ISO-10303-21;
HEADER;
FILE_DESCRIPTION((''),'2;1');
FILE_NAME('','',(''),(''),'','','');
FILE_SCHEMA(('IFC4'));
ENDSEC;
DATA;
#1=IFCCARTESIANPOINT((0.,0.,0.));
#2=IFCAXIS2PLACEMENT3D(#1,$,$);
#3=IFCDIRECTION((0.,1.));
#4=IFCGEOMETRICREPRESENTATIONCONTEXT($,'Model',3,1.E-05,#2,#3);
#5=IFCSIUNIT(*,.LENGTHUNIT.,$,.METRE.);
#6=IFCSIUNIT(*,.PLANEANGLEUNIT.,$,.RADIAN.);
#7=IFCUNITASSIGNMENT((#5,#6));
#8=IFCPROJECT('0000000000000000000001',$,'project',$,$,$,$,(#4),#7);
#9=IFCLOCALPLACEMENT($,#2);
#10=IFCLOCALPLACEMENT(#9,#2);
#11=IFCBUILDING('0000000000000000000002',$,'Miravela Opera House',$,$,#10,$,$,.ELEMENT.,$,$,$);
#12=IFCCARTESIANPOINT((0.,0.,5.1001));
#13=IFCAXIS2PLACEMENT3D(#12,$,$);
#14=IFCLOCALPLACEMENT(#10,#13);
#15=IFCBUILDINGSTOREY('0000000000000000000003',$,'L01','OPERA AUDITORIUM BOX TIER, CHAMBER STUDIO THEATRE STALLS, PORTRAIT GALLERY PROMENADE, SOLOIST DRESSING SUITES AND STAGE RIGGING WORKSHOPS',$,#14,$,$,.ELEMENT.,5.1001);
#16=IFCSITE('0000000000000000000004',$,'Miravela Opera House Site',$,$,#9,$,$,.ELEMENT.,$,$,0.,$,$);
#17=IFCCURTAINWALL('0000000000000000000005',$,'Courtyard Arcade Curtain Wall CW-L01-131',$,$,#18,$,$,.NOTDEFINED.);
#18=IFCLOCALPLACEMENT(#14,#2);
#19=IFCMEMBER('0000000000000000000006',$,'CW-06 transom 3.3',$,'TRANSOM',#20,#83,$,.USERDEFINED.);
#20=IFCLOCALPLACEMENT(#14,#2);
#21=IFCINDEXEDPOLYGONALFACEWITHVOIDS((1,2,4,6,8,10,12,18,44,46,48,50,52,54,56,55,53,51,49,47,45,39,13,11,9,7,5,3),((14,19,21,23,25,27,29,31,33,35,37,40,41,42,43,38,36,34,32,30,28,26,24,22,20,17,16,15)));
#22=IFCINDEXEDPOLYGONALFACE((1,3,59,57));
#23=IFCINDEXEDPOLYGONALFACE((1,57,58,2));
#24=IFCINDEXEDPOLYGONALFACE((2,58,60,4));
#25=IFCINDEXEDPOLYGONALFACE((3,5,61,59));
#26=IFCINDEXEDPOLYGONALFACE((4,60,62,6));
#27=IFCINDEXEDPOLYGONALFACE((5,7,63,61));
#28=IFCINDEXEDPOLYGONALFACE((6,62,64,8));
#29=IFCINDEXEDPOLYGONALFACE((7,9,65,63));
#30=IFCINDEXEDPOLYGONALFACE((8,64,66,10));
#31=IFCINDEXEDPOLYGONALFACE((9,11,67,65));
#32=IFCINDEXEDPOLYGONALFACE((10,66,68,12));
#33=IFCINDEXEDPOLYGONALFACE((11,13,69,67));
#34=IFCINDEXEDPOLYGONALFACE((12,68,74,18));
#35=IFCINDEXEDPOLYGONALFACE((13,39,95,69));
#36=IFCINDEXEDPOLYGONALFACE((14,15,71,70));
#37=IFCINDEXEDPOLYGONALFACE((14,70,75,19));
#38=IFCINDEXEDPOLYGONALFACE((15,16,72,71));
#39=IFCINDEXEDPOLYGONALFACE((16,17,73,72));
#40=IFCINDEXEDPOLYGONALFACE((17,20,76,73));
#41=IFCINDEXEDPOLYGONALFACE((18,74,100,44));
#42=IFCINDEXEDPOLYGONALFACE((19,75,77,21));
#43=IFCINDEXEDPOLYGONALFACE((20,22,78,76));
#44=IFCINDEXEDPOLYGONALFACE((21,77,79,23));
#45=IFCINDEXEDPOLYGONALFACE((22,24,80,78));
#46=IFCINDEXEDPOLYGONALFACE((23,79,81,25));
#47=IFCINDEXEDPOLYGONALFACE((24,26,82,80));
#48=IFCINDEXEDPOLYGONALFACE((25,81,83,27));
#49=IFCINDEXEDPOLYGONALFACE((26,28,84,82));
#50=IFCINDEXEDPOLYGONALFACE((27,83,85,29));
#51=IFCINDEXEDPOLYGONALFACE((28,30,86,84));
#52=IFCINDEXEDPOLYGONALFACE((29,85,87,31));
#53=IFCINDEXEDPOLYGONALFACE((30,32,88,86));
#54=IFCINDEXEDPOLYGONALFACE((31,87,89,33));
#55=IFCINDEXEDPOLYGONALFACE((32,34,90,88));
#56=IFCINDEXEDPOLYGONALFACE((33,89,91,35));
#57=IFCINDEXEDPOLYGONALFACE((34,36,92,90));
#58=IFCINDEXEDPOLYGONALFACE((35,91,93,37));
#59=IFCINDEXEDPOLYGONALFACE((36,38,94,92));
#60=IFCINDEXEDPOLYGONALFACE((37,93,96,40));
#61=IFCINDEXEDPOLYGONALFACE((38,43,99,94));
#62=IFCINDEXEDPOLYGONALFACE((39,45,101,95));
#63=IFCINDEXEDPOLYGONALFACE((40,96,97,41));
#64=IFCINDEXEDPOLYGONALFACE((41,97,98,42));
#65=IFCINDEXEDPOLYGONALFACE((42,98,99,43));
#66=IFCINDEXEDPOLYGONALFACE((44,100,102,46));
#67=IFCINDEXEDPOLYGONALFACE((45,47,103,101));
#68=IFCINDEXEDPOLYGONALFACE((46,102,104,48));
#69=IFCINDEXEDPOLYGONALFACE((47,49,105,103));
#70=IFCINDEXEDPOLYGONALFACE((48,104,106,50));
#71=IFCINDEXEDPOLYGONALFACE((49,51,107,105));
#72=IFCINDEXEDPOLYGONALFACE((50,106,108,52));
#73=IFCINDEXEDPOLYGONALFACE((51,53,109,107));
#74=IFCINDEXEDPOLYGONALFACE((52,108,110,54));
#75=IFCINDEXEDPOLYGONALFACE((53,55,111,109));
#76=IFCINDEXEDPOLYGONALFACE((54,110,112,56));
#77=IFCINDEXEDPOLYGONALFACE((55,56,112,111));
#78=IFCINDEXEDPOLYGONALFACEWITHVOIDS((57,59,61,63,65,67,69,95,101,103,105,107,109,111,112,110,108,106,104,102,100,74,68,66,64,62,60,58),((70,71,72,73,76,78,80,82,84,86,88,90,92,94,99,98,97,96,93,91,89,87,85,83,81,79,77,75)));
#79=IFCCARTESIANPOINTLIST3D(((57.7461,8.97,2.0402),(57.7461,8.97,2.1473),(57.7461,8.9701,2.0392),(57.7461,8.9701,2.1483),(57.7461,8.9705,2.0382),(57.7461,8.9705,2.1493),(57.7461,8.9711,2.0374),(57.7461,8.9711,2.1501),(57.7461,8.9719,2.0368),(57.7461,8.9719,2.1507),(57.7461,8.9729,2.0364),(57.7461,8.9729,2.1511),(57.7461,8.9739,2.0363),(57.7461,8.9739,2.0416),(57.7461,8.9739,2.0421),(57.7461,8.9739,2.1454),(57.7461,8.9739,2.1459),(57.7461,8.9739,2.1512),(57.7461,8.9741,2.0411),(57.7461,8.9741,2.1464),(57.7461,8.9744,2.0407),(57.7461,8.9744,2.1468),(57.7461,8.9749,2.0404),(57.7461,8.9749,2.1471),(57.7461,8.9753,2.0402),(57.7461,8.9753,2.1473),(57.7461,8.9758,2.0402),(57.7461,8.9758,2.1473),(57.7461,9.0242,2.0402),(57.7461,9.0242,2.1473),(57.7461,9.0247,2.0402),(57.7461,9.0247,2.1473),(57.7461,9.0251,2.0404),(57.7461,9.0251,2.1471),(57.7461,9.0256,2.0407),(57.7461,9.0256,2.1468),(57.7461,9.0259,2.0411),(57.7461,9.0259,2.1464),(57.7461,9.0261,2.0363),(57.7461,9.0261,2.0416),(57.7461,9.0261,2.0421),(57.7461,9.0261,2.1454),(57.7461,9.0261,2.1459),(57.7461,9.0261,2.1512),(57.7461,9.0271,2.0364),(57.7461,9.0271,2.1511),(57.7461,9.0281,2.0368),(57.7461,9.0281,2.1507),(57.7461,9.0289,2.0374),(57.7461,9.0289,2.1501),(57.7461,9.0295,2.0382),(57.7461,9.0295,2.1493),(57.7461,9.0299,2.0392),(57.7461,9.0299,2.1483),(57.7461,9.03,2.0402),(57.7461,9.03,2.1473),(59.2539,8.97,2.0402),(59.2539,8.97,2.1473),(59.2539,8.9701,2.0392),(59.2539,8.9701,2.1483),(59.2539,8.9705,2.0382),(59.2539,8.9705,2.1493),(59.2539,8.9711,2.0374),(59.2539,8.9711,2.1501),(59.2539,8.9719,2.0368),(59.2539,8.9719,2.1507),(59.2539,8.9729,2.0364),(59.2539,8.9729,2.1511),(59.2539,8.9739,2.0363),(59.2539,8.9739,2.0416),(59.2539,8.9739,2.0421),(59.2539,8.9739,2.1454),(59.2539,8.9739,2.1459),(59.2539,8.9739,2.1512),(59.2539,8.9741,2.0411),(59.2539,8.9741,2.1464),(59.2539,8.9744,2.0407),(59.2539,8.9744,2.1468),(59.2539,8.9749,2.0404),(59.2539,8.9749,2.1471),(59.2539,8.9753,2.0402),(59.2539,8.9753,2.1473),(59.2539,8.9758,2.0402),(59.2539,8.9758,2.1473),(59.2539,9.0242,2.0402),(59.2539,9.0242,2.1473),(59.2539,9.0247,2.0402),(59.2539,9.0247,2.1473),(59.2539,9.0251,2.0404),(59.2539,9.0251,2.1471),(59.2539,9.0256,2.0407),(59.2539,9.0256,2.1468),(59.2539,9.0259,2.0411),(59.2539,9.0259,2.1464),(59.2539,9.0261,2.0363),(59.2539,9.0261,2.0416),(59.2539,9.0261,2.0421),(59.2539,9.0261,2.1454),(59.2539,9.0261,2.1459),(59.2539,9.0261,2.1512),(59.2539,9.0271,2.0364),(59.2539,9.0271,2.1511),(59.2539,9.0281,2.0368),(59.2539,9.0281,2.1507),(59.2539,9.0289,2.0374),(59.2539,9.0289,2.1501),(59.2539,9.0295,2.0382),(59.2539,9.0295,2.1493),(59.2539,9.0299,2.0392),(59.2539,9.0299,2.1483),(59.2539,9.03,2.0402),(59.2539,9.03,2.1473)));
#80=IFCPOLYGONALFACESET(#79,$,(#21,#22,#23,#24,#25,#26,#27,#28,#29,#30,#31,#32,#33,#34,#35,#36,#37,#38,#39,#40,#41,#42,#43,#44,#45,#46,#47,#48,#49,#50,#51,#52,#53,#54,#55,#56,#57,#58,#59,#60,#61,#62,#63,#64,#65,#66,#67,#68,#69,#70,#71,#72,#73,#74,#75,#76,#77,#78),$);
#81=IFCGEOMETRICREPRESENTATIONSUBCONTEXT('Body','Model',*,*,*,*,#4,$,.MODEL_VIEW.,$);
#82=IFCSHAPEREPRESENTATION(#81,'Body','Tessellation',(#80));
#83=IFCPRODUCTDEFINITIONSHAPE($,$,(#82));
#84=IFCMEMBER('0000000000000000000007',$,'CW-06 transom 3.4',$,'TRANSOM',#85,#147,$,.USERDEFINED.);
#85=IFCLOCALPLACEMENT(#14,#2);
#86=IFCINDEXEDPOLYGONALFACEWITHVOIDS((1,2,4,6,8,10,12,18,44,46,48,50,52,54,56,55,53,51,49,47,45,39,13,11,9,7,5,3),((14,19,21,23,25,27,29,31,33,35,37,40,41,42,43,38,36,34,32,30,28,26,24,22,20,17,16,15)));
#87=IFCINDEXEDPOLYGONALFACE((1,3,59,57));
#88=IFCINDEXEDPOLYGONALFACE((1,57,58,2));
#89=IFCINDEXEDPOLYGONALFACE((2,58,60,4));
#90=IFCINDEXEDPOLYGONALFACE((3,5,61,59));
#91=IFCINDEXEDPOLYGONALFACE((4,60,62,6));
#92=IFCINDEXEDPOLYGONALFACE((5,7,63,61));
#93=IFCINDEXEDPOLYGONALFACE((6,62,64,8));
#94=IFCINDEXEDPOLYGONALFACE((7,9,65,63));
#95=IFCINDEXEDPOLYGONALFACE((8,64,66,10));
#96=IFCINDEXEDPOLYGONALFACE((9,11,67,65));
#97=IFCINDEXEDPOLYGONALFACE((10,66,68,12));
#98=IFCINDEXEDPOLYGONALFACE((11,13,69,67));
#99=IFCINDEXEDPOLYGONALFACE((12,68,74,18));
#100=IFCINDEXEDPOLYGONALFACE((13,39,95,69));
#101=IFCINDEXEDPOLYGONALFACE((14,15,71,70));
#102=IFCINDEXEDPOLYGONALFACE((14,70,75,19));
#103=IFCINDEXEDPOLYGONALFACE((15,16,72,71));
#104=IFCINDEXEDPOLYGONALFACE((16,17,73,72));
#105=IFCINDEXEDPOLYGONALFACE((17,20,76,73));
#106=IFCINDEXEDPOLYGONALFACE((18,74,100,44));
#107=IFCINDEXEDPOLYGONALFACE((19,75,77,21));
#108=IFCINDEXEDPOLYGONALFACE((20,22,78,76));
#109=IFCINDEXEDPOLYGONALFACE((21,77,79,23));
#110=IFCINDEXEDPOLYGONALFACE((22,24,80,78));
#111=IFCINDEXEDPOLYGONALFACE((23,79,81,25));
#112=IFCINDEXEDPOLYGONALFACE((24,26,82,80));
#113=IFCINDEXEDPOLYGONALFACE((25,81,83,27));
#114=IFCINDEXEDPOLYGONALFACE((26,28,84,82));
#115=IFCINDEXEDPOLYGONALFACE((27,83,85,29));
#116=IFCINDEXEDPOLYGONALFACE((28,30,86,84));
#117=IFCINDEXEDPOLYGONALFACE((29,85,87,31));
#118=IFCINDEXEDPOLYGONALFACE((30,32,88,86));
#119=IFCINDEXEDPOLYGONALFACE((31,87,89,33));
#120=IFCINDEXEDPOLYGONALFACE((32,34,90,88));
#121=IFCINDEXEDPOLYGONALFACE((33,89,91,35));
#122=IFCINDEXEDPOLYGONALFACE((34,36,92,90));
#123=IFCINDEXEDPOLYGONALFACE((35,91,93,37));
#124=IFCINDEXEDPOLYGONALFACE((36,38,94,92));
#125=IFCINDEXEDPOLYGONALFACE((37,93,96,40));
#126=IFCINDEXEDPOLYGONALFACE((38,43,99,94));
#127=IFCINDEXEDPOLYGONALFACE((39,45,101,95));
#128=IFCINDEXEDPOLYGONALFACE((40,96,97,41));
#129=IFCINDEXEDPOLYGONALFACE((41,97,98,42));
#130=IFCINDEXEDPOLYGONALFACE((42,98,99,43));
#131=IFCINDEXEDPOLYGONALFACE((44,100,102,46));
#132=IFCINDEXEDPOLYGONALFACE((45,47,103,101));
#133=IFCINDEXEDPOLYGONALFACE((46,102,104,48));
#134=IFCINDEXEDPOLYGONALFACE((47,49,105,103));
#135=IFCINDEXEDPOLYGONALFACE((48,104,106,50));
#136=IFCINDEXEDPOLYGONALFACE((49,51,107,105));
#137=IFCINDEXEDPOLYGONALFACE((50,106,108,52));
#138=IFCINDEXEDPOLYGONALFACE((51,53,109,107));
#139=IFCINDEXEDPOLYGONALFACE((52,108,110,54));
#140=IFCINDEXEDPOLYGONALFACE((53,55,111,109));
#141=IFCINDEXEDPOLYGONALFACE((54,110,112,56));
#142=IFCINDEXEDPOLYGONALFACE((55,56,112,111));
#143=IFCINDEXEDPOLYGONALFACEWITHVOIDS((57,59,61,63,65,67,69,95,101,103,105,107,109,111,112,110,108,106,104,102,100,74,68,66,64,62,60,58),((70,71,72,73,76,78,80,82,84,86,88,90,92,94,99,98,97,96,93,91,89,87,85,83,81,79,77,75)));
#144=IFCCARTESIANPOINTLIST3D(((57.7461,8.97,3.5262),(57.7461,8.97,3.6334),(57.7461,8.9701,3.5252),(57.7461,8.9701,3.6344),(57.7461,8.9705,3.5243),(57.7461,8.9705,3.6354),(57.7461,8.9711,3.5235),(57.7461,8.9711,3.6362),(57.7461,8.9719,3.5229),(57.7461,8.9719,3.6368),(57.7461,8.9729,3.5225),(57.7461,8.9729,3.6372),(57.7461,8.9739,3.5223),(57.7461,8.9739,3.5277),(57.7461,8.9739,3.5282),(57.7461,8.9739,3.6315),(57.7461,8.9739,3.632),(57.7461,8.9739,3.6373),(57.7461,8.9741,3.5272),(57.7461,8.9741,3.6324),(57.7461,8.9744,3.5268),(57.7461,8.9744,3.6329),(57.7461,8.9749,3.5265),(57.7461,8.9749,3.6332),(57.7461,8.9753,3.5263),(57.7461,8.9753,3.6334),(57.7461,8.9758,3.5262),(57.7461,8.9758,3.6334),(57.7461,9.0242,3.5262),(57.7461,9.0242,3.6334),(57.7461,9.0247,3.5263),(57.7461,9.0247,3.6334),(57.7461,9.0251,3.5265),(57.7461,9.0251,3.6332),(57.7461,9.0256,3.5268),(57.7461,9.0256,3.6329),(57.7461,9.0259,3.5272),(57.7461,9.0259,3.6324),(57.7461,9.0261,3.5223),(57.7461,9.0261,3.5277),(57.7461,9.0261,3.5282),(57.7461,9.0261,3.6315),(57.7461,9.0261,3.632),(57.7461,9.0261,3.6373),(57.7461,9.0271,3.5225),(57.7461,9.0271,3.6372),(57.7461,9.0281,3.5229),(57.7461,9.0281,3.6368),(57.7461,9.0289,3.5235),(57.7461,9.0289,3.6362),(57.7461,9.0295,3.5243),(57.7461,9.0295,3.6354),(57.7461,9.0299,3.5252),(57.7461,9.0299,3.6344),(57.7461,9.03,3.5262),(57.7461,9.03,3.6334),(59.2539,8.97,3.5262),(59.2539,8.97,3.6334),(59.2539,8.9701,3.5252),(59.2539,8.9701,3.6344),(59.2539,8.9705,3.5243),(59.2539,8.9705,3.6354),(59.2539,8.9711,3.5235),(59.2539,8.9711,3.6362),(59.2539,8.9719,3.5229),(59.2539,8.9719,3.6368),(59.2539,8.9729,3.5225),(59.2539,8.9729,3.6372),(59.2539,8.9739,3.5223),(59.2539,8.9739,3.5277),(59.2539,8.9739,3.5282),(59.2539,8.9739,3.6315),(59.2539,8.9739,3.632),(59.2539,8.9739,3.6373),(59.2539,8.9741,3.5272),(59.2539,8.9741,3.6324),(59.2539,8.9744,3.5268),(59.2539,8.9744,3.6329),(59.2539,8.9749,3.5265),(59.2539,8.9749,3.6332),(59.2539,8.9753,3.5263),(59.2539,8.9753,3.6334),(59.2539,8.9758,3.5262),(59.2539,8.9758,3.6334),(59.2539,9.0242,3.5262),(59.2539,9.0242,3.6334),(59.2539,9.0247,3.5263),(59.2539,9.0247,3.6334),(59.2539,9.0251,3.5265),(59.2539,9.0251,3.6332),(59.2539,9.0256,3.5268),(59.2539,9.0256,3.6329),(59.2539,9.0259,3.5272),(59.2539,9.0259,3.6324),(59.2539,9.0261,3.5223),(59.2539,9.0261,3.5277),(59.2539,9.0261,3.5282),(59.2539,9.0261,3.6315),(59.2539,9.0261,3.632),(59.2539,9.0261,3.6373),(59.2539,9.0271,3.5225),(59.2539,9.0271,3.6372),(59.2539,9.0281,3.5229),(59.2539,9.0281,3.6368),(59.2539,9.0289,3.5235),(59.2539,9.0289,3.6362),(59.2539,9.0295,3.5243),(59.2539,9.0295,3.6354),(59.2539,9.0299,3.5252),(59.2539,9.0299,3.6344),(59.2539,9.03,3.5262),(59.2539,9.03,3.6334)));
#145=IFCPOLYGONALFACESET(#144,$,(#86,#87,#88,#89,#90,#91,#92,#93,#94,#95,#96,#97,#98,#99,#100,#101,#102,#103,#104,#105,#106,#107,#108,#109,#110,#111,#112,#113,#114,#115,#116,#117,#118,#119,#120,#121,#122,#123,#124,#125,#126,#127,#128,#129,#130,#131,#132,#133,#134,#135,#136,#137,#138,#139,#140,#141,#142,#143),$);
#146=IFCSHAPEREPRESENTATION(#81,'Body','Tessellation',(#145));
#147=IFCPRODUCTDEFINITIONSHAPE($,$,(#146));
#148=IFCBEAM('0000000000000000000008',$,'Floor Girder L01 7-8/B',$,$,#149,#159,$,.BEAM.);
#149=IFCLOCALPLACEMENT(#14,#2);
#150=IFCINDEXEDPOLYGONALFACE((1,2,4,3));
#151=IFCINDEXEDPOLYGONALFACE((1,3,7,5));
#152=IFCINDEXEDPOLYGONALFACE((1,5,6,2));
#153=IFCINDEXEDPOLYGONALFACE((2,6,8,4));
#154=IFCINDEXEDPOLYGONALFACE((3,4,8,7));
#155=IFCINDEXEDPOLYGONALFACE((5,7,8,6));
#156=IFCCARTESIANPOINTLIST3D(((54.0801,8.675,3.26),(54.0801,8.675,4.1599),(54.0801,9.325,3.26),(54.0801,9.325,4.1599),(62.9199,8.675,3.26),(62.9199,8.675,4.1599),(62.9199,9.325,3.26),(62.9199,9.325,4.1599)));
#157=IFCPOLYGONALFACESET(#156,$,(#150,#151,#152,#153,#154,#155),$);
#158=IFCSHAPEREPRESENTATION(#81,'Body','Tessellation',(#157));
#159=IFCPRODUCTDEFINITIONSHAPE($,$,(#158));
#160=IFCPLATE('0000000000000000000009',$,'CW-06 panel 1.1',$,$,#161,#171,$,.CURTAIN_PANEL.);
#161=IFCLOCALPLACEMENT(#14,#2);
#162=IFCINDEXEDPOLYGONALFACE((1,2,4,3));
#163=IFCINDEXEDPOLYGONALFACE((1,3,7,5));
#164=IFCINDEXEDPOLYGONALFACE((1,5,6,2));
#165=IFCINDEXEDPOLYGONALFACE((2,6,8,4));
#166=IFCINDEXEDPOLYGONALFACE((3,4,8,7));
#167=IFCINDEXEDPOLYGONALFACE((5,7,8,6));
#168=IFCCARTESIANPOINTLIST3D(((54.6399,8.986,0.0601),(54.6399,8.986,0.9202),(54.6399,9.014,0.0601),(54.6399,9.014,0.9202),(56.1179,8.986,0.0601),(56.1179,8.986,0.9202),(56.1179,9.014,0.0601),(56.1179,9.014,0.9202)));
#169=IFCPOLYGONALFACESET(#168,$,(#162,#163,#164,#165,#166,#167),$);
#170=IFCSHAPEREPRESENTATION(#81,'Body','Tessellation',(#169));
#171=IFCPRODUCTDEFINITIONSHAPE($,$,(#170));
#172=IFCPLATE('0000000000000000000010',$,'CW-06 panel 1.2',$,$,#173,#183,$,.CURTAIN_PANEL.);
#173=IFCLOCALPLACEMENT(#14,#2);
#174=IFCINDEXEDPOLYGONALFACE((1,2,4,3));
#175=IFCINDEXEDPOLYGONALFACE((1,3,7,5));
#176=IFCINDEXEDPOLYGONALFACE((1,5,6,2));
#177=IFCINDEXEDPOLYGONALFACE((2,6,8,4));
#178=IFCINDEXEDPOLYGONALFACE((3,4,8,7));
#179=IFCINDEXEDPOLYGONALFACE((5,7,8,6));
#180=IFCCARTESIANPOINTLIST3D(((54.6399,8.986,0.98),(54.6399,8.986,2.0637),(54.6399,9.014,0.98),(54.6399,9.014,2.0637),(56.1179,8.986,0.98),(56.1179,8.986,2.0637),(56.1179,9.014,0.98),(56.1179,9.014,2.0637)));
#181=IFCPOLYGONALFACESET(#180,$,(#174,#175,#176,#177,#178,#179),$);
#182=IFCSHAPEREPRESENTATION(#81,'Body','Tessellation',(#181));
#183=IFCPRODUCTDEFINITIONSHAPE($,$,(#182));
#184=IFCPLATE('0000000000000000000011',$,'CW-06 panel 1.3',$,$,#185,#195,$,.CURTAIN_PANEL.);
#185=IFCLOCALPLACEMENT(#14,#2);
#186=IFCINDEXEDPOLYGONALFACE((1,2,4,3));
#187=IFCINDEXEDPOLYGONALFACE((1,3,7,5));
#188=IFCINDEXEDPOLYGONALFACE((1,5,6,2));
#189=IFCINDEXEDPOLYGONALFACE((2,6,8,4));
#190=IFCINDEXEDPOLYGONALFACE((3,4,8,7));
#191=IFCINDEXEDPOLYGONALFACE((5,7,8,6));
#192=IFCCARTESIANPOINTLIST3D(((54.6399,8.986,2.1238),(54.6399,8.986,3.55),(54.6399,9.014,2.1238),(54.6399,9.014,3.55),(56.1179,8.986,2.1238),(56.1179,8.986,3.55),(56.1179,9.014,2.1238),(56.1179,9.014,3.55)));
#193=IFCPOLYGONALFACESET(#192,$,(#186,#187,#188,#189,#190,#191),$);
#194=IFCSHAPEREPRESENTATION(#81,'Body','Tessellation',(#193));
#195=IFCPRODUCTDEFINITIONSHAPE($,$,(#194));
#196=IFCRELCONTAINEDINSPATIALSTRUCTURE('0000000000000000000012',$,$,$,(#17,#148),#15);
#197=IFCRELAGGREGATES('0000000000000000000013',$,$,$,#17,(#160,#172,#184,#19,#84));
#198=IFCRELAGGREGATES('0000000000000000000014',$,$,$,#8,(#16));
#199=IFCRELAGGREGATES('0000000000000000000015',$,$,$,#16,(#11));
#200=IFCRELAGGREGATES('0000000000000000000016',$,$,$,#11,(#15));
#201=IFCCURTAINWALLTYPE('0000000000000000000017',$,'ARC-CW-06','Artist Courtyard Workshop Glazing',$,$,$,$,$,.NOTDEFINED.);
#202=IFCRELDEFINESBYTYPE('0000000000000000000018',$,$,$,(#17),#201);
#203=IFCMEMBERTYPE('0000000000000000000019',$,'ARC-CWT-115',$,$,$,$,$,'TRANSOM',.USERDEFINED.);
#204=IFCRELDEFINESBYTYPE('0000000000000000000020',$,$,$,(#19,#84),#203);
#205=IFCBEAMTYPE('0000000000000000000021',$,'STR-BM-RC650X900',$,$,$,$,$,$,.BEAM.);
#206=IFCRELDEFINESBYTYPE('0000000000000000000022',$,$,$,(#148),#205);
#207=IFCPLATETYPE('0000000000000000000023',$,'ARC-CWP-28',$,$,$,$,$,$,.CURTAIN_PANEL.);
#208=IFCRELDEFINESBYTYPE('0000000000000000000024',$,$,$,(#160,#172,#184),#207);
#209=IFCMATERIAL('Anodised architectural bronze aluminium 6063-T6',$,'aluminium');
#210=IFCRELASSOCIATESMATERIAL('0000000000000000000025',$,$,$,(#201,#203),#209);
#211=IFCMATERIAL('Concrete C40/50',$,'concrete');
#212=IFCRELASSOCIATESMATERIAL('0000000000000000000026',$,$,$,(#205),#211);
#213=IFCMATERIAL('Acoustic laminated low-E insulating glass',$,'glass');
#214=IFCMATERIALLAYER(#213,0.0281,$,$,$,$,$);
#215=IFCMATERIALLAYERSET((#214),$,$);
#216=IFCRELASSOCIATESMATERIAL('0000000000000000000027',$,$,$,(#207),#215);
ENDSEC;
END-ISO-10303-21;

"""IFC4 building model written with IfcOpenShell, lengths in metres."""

from ifc_helpers import new_model, si_unit, direction, frame, origin, origin_2d, place, context, subcontext, project, spatial, rectangle, hollow_rectangle, extrude, material, layer, layer_set, material_profile, profile_set, type_object, element, aggregate, save


model = new_model("IFC4")

# Units and contexts
model_context = context("Model", 3, precision=1e-05, world=origin(), true_north=direction((0.0, 1.0)))
body_context = subcontext(model_context, "Body", "Model", "MODEL_VIEW")
ifc_project = project(units=[si_unit("LENGTHUNIT", "METRE"), si_unit("PLANEANGLEUNIT", "RADIAN")], contexts=[model_context])

# Site, building, storey
site_placement = place(None, origin())
site = spatial("IfcSite", under=ifc_project, at=site_placement, Name="Miravela Opera House Site", CompositionType="ELEMENT", RefElevation=0.0)
building_placement = place(site_placement, origin())
building = spatial("IfcBuilding", under=site, at=building_placement, Name="Miravela Opera House", CompositionType="ELEMENT")
storey_placement = place(building_placement, frame((0.0, 0.0, 5.1001)))
storey = spatial("IfcBuildingStorey", under=building, at=storey_placement, Name="L01", Description="OPERA AUDITORIUM BOX TIER, CHAMBER STUDIO THEATRE STALLS, PORTRAIT GALLERY PROMENADE, SOLOIST DRESSING SUITES AND STAGE RIGGING WORKSHOPS", CompositionType="ELEMENT", Elevation=5.1001)

# Shared definitions
ifc_material_1 = material(Name="Anodised architectural bronze aluminium 6063-T6", Category="aluminium")
curtain_wall_type = type_object("IfcCurtainWallType", Name="ARC-CW-06", Description="Artist Courtyard Workshop Glazing", PredefinedType="NOTDEFINED", material=ifc_material_1)

# Curtain wall, members
curtain_wall_1_placement = place(storey_placement, origin())
curtain_wall_1 = element("IfcCurtainWall", 1, at=curtain_wall_1_placement, inside=storey, type_object=curtain_wall_type, Name="Courtyard Arcade Curtain Wall CW-L01-131", PredefinedType="NOTDEFINED")
ifc_material_profile_1 = material_profile(ifc_material_1, hollow_rectangle(XDim=0.0601, YDim=0.115, WallThickness=0.0039, InnerFilletRadius=0.002, OuterFilletRadius=0.0039, at=origin_2d()), Name="CWT-60X115")
ifc_profile_set_1 = profile_set([ifc_material_profile_1])
member_type_1 = type_object("IfcMemberType", Name="ARC-CWT-115", ElementType="TRANSOM", PredefinedType="USERDEFINED", material=ifc_profile_set_1)
member_1_placement = place(storey_placement, frame((57.7461, 9.0, 2.0938), z_axis=(1.0, 0.0, 0.0), x_axis=(0.0, 1.0, 0.0)))
member_1 = element("IfcMember", 2, at=member_1_placement, type_object=member_type_1, Name="CW-06 transom 3.3", ObjectType="TRANSOM", PredefinedType="USERDEFINED", context=body_context, shape_type="SweptSolid", body=[
    extrude(hollow_rectangle(XDim=0.0601, YDim=0.115, WallThickness=0.0039, InnerFilletRadius=0.002, OuterFilletRadius=0.0039, at=origin_2d()), origin(), (0.0, 0.0, 1.0), 1.5078),
])
member_2_placement = place(storey_placement, frame((57.7461, 9.0, 3.5798), z_axis=(1.0, 0.0, 0.0), x_axis=(0.0, 1.0, 0.0)))
member_2 = element("IfcMember", 3, at=member_2_placement, type_object=member_type_1, Name="CW-06 transom 3.4", ObjectType="TRANSOM", PredefinedType="USERDEFINED", context=body_context, shape_type="SweptSolid", body=[
    extrude(hollow_rectangle(XDim=0.0601, YDim=0.115, WallThickness=0.0039, InnerFilletRadius=0.002, OuterFilletRadius=0.0039, at=origin_2d()), origin(), (0.0, 0.0, 1.0), 1.5078),
])

# Beam
ifc_material_2 = material(Name="Concrete C40/50", Category="concrete")
ifc_material_profile_2 = material_profile(ifc_material_2, rectangle(XDim=0.6499, YDim=0.8999, at=origin_2d()), Name="RC-BM-650X900")
ifc_profile_set_2 = profile_set([ifc_material_profile_2])
beam_type = type_object("IfcBeamType", Name="STR-BM-RC650X900", PredefinedType="BEAM", material=ifc_profile_set_2)
beam_placement = place(storey_placement, frame((54.0801, 9.0, 3.71), z_axis=(1.0, 0.0, 0.0), x_axis=(0.0, 1.0, 0.0)))
element("IfcBeam", 4, at=beam_placement, inside=storey, type_object=beam_type, Name="Floor Girder L01 7-8/B", PredefinedType="BEAM", context=body_context, shape_type="SweptSolid", body=[
    extrude(rectangle(XDim=0.6499, YDim=0.8999, at=origin_2d()), origin(), (0.0, 0.0, 1.0), 8.8398),
])

# Plates
ifc_material_3 = material(Name="Acoustic laminated low-E insulating glass", Category="glass")
ifc_layer = layer(ifc_material_3, 0.0281)
ifc_layer_set = layer_set([ifc_layer])
plate_type = type_object("IfcPlateType", Name="ARC-CWP-28", PredefinedType="CURTAIN_PANEL", material=ifc_layer_set)
plate_1_placement = place(storey_placement, frame((55.3789, 9.0, 0.0601), z_axis=(0.0, 0.0, 1.0), x_axis=(1.0, 0.0, 0.0)))
plate_1 = element("IfcPlate", 5, at=plate_1_placement, type_object=plate_type, Name="CW-06 panel 1.1", PredefinedType="CURTAIN_PANEL", context=body_context, shape_type="SweptSolid", body=[
    extrude(rectangle(XDim=1.478, YDim=0.0281, at=origin_2d()), origin(), (0.0, 0.0, 1.0), 0.8601),
])
plate_2_placement = place(storey_placement, frame((55.3789, 9.0, 0.98), z_axis=(0.0, 0.0, 1.0), x_axis=(1.0, 0.0, 0.0)))
plate_2 = element("IfcPlate", 6, at=plate_2_placement, type_object=plate_type, Name="CW-06 panel 1.2", PredefinedType="CURTAIN_PANEL", context=body_context, shape_type="SweptSolid", body=[
    extrude(rectangle(XDim=1.478, YDim=0.0281, at=origin_2d()), origin(), (0.0, 0.0, 1.0), 1.0837),
])
plate_3_placement = place(storey_placement, frame((55.3789, 9.0, 2.1238), z_axis=(0.0, 0.0, 1.0), x_axis=(1.0, 0.0, 0.0)))
plate_3 = element("IfcPlate", 7, at=plate_3_placement, type_object=plate_type, Name="CW-06 panel 1.3", PredefinedType="CURTAIN_PANEL", context=body_context, shape_type="SweptSolid", body=[
    extrude(rectangle(XDim=1.478, YDim=0.0281, at=origin_2d()), origin(), (0.0, 0.0, 1.0), 1.4263),
])
aggregate(curtain_wall_1, [plate_1, plate_2, plate_3, member_1, member_2])

save(model, "model.ifc")
